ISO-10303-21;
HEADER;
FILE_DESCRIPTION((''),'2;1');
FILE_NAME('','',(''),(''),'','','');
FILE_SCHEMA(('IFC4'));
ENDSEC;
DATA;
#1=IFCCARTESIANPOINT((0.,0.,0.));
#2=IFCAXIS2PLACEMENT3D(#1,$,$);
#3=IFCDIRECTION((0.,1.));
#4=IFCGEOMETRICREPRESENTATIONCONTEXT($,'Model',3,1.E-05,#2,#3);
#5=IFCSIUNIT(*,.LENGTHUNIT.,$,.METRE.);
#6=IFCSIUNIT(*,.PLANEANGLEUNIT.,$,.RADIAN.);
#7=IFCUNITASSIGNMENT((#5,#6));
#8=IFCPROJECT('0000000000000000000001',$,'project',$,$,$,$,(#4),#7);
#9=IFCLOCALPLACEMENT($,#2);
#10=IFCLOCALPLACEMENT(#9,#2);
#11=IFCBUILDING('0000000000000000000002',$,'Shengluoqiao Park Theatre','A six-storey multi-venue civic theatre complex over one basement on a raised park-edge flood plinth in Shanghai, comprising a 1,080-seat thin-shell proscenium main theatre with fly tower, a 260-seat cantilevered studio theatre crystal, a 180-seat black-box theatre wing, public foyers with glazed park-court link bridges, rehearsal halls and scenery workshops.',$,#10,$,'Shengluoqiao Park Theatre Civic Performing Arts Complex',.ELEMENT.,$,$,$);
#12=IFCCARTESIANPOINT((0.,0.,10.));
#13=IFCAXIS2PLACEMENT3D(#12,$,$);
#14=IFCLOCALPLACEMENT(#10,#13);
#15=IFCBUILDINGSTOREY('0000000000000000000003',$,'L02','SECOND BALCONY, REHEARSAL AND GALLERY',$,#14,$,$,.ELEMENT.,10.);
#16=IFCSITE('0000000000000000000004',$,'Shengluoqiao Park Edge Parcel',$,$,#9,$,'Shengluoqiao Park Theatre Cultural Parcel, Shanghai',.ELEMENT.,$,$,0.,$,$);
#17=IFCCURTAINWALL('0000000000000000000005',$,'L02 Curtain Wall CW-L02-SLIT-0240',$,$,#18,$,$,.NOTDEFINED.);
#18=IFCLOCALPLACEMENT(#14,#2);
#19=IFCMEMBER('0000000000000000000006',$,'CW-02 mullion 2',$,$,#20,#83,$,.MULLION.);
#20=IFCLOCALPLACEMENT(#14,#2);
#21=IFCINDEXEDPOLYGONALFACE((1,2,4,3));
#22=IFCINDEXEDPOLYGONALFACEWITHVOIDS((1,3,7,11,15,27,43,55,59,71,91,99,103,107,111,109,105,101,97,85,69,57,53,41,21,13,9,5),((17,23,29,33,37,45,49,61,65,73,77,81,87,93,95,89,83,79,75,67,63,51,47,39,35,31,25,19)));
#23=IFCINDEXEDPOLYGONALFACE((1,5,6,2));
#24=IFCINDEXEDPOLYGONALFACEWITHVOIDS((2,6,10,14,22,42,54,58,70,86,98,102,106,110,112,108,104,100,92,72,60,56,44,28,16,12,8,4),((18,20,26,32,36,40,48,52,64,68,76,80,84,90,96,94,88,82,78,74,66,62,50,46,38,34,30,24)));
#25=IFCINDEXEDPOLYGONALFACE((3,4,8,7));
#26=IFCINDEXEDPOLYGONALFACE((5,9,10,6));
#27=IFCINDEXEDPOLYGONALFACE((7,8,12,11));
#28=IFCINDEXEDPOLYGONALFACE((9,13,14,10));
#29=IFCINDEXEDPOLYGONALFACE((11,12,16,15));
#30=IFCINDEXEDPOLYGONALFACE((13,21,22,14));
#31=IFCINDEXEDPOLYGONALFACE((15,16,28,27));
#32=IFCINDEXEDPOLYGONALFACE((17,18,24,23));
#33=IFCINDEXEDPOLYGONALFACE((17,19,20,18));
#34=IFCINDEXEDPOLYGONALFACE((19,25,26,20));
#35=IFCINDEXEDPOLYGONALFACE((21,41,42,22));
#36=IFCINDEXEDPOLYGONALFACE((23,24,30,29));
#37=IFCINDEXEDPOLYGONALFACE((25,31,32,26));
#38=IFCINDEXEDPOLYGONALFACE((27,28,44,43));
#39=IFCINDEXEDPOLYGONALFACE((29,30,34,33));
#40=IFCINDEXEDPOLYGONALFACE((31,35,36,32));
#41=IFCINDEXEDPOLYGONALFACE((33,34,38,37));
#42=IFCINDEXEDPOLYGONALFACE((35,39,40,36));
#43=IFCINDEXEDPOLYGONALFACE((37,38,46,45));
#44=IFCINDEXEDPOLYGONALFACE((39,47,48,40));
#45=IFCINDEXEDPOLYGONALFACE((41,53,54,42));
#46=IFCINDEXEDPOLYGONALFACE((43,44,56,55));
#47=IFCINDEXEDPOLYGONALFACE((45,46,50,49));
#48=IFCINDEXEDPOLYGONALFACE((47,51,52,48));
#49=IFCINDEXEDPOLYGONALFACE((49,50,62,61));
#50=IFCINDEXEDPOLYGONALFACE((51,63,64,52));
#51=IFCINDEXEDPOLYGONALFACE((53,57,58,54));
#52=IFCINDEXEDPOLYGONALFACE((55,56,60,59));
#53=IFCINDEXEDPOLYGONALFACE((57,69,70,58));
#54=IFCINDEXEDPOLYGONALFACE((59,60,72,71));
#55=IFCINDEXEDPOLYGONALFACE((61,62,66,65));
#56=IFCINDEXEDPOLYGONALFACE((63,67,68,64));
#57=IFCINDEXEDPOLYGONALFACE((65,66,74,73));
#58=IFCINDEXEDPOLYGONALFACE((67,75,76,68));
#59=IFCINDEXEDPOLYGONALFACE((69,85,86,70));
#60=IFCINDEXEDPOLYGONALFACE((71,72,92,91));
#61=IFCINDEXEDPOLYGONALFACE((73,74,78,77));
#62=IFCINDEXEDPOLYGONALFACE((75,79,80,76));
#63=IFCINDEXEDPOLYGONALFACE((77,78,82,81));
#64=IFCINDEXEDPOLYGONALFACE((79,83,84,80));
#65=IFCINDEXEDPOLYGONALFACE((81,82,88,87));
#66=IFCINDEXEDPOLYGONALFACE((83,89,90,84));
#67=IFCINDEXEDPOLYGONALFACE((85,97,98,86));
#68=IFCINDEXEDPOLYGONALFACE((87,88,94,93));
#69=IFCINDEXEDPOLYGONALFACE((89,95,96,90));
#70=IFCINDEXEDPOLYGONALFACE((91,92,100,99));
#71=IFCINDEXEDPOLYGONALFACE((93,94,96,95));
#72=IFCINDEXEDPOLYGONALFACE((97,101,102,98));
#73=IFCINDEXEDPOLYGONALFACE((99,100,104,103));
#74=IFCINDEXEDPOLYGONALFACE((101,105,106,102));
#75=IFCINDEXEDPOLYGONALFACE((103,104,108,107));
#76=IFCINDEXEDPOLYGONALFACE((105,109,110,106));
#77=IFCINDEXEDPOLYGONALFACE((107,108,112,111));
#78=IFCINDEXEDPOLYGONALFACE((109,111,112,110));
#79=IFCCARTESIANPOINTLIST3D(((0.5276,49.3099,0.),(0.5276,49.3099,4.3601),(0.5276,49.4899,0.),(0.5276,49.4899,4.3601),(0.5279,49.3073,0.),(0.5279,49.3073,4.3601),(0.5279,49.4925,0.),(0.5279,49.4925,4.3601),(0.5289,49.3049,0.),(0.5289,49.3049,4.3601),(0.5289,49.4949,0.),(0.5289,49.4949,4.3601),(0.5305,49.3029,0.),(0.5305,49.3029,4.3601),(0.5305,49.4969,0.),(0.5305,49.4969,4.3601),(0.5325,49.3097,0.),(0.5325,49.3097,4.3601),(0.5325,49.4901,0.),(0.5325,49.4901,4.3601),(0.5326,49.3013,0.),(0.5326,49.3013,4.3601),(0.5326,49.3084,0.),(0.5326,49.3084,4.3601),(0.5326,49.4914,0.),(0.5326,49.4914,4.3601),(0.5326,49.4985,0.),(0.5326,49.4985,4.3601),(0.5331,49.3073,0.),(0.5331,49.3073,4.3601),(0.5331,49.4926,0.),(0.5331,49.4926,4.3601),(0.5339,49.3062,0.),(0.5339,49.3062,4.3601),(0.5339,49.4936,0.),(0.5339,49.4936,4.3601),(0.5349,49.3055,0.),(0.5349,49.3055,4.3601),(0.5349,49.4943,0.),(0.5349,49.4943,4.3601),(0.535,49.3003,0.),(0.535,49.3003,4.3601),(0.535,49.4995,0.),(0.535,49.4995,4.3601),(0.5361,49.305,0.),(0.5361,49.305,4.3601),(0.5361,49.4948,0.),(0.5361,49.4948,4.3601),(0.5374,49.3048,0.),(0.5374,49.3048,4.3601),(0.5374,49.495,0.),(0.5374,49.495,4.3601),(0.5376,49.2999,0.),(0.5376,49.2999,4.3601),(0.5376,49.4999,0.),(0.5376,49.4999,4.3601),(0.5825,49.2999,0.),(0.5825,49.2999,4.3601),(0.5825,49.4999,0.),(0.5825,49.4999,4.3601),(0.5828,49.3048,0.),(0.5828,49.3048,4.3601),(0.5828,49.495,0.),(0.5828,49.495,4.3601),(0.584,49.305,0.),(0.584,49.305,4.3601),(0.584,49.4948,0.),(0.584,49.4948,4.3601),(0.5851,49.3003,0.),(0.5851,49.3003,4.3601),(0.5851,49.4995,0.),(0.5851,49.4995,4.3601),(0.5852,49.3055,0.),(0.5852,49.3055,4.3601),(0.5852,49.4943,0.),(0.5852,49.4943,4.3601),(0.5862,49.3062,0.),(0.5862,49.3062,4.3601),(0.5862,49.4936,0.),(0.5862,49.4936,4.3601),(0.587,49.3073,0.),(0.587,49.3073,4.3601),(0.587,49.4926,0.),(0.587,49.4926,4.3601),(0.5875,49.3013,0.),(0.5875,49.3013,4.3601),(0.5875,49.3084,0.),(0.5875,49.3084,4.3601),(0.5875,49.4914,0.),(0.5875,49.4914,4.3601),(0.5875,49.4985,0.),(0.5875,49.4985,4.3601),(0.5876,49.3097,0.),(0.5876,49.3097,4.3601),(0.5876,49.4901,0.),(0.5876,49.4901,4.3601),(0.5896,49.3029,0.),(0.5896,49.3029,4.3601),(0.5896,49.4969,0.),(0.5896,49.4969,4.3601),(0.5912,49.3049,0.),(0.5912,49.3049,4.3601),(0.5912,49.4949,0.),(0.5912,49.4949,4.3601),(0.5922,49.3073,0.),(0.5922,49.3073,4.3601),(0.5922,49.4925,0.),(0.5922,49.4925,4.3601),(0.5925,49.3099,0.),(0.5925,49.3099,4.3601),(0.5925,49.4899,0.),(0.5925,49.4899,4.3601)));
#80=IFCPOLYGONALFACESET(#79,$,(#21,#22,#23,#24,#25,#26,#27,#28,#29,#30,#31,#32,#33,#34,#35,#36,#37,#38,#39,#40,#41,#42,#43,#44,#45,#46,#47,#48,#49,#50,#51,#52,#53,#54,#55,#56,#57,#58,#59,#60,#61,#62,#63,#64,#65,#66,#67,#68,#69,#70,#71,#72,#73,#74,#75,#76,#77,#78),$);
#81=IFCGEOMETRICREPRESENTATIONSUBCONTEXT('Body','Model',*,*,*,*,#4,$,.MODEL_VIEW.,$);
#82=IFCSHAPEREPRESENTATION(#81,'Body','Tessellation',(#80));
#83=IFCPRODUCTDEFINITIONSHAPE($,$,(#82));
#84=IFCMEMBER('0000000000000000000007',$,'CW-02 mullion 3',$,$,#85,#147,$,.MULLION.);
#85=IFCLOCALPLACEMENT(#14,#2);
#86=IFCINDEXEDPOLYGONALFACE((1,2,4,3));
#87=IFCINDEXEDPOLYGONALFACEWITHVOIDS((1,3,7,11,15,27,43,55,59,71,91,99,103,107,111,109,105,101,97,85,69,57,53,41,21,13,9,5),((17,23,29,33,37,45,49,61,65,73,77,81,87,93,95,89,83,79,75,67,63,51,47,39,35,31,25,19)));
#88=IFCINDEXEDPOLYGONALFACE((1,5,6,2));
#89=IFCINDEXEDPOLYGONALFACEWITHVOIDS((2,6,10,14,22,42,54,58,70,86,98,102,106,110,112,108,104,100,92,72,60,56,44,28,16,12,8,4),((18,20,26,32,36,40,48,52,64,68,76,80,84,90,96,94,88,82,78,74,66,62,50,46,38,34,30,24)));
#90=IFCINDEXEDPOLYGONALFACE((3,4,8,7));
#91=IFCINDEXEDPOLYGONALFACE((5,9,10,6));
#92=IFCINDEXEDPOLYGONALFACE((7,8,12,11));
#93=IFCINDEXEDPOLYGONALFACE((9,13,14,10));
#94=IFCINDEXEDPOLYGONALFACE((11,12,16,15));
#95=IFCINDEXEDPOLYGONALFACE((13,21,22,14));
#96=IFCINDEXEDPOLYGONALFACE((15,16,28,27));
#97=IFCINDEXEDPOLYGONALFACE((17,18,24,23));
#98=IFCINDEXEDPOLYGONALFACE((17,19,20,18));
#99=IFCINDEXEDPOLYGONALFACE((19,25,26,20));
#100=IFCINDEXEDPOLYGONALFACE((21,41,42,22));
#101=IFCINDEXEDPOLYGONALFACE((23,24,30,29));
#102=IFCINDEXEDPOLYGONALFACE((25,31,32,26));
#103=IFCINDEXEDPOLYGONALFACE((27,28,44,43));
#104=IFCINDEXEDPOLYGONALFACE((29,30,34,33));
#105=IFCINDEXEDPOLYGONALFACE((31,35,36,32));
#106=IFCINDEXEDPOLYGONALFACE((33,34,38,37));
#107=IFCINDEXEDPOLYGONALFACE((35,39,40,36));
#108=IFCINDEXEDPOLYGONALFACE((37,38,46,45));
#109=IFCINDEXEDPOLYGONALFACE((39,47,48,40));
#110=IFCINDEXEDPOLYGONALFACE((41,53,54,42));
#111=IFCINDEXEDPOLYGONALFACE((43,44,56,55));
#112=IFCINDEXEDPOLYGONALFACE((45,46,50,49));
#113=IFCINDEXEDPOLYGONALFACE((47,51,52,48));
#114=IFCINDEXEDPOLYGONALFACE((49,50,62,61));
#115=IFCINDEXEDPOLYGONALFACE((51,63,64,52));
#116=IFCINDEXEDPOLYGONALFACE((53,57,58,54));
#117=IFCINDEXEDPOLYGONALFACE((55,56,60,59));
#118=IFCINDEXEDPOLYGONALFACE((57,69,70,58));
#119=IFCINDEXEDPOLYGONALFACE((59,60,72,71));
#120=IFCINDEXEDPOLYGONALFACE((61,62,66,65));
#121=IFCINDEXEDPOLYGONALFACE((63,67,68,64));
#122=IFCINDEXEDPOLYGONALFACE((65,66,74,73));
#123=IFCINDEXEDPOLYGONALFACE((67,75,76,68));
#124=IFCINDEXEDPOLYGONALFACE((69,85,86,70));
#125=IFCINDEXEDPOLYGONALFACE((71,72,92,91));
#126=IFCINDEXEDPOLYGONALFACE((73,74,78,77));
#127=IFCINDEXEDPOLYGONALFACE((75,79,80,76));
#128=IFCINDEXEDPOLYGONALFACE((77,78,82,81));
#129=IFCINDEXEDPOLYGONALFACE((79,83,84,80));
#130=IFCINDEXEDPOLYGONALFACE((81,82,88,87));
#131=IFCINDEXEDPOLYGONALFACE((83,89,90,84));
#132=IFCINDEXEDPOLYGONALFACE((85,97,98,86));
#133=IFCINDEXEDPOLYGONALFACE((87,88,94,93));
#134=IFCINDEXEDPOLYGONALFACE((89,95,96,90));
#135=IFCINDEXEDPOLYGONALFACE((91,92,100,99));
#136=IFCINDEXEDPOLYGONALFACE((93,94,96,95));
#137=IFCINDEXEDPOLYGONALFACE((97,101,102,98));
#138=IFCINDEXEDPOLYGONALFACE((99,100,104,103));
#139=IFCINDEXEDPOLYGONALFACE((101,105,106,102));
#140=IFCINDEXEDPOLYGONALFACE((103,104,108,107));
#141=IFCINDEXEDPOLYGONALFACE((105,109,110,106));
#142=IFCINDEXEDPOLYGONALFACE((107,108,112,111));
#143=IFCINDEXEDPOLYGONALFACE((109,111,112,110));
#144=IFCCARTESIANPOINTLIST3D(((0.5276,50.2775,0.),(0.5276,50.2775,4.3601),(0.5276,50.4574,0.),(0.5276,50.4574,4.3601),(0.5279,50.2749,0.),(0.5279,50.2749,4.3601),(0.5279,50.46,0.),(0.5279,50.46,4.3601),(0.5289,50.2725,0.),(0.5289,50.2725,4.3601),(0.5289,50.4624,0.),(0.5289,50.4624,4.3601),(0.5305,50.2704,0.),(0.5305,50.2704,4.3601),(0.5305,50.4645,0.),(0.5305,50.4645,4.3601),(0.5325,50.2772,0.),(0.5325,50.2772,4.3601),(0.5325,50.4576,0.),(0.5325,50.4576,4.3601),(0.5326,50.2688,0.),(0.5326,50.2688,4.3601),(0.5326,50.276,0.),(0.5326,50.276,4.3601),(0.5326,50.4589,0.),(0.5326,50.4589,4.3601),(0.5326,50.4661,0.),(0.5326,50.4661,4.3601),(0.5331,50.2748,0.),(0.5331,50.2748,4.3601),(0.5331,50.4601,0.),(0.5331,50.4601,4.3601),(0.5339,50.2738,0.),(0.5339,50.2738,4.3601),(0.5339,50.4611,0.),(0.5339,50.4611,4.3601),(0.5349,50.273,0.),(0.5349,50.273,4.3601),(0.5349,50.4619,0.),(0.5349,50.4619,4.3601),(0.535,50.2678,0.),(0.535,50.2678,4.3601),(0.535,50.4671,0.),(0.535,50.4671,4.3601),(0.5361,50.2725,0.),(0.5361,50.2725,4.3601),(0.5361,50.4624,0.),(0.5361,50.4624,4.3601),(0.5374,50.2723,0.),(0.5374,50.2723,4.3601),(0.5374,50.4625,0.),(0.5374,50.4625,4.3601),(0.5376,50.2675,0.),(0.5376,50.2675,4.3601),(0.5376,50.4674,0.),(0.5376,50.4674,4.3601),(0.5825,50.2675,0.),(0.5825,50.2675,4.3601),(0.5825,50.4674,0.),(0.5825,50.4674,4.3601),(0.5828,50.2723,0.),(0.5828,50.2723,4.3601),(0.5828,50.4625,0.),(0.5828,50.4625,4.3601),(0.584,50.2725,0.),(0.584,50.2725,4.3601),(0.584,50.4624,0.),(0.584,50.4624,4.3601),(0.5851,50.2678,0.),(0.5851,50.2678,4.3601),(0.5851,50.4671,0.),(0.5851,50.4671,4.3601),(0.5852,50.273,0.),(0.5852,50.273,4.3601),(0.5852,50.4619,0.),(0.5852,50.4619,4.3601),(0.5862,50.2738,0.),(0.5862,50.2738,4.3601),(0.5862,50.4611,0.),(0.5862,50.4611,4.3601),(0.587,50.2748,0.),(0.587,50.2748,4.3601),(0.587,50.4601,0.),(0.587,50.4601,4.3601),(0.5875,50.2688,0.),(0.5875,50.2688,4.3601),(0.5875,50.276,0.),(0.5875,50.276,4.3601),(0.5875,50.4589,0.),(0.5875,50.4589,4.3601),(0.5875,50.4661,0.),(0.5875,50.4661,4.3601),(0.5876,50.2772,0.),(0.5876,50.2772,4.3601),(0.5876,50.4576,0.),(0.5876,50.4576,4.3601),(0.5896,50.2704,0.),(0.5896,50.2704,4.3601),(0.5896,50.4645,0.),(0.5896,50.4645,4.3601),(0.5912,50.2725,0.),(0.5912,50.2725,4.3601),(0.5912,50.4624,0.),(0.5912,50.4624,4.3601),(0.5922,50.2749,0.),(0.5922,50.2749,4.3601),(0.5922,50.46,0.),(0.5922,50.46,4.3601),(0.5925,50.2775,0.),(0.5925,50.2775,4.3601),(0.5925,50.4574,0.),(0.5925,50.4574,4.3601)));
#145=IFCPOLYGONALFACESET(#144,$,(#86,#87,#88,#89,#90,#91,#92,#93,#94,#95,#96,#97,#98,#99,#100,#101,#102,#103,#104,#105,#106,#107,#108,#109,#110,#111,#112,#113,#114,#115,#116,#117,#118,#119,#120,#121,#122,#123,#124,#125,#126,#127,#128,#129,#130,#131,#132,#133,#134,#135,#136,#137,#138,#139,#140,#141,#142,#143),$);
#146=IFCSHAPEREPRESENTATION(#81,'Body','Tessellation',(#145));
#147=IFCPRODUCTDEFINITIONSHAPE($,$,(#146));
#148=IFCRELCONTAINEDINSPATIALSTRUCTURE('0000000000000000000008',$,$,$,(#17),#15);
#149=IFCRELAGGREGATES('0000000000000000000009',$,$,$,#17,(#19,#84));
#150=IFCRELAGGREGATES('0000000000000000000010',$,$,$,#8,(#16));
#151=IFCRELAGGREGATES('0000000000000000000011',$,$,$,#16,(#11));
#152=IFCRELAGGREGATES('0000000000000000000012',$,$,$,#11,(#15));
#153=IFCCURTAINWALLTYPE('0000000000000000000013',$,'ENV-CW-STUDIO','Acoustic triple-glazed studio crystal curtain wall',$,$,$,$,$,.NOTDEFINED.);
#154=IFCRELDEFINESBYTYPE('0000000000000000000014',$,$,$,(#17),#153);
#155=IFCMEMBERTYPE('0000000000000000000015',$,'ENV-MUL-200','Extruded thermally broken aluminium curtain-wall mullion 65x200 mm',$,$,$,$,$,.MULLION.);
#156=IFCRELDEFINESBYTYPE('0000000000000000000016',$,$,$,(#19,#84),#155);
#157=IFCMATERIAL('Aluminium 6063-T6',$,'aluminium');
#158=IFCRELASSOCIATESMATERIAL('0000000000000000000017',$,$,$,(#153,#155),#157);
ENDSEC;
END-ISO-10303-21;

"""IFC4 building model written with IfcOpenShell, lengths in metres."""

from ifc_helpers import new_model, si_unit, direction, frame, origin, origin_2d, place, context, subcontext, project, spatial, hollow_rectangle, extrude, material, material_profile, profile_set, type_object, element, aggregate, save


model = new_model("IFC4")

# Units and contexts
model_context = context("Model", 3, precision=1e-05, world=origin(), true_north=direction((0.0, 1.0)))
body_context = subcontext(model_context, "Body", "Model", "MODEL_VIEW")
ifc_project = project(units=[si_unit("LENGTHUNIT", "METRE"), si_unit("PLANEANGLEUNIT", "RADIAN")], contexts=[model_context])

# Site, building, storey
site_placement = place(None, origin())
site = spatial("IfcSite", under=ifc_project, at=site_placement, Name="Shengluoqiao Park Edge Parcel", LongName="Shengluoqiao Park Theatre Cultural Parcel, Shanghai", CompositionType="ELEMENT", RefElevation=0.0)
building_placement = place(site_placement, origin())
building = spatial("IfcBuilding", under=site, at=building_placement, Name="Shengluoqiao Park Theatre", Description="A six-storey multi-venue civic theatre complex over one basement on a raised park-edge flood plinth in Shanghai, comprising a 1,080-seat thin-shell proscenium main theatre with fly tower, a 260-seat cantilevered studio theatre crystal, a 180-seat black-box theatre wing, public foyers with glazed park-court link bridges, rehearsal halls and scenery workshops.", LongName="Shengluoqiao Park Theatre Civic Performing Arts Complex", CompositionType="ELEMENT")
storey_placement = place(building_placement, frame((0.0, 0.0, 10.0)))
storey = spatial("IfcBuildingStorey", under=building, at=storey_placement, Name="L02", Description="SECOND BALCONY, REHEARSAL AND GALLERY", CompositionType="ELEMENT", Elevation=10.0)

# Curtain wall, members
ifc_material_1 = material(Name="Aluminium 6063-T6", Category="aluminium")
curtain_wall_type_1 = type_object("IfcCurtainWallType", Name="ENV-CW-STUDIO", Description="Acoustic triple-glazed studio crystal curtain wall", PredefinedType="NOTDEFINED", material=ifc_material_1)
curtain_wall_1_placement = place(storey_placement, origin())
curtain_wall_1 = element("IfcCurtainWall", 1, at=curtain_wall_1_placement, inside=storey, type_object=curtain_wall_type_1, Name="L02 Curtain Wall CW-L02-SLIT-0240", PredefinedType="NOTDEFINED")
ifc_material_profile_1 = material_profile(ifc_material_1, hollow_rectangle(XDim=0.0649, YDim=0.2, WallThickness=0.0049, InnerFilletRadius=0.0049, OuterFilletRadius=0.01, at=origin_2d()), Name="ALU MULLION 200x65x5")
ifc_profile_set_1 = profile_set([ifc_material_profile_1], Name="Aluminium 6063-T6")
member_type_1 = type_object("IfcMemberType", Name="ENV-MUL-200", Description="Extruded thermally broken aluminium curtain-wall mullion 65x200 mm", PredefinedType="MULLION", material=ifc_profile_set_1)
member_1_placement = place(storey_placement, frame((0.5601, 49.3999, 0.0), z_axis=(0.0, 0.0, 1.0), x_axis=(-1.0, 0.0, 0.0)))
member_1 = element("IfcMember", 2, at=member_1_placement, type_object=member_type_1, Name="CW-02 mullion 2", PredefinedType="MULLION", context=body_context, shape_type="SweptSolid", body=[
    extrude(hollow_rectangle(XDim=0.0649, YDim=0.2, WallThickness=0.0049, InnerFilletRadius=0.0049, OuterFilletRadius=0.01, at=origin_2d()), origin(), (0.0, 0.0, 1.0), 4.3601),
])
member_2_placement = place(storey_placement, frame((0.5601, 50.3674, 0.0), z_axis=(0.0, 0.0, 1.0), x_axis=(-1.0, 0.0, 0.0)))
member_2 = element("IfcMember", 3, at=member_2_placement, type_object=member_type_1, Name="CW-02 mullion 3", PredefinedType="MULLION", context=body_context, shape_type="SweptSolid", body=[
    extrude(hollow_rectangle(XDim=0.0649, YDim=0.2, WallThickness=0.0049, InnerFilletRadius=0.0049, OuterFilletRadius=0.01, at=origin_2d()), origin(), (0.0, 0.0, 1.0), 4.3601),
])

aggregate(curtain_wall_1, [member_1, member_2])

save(model, "model.ifc")
